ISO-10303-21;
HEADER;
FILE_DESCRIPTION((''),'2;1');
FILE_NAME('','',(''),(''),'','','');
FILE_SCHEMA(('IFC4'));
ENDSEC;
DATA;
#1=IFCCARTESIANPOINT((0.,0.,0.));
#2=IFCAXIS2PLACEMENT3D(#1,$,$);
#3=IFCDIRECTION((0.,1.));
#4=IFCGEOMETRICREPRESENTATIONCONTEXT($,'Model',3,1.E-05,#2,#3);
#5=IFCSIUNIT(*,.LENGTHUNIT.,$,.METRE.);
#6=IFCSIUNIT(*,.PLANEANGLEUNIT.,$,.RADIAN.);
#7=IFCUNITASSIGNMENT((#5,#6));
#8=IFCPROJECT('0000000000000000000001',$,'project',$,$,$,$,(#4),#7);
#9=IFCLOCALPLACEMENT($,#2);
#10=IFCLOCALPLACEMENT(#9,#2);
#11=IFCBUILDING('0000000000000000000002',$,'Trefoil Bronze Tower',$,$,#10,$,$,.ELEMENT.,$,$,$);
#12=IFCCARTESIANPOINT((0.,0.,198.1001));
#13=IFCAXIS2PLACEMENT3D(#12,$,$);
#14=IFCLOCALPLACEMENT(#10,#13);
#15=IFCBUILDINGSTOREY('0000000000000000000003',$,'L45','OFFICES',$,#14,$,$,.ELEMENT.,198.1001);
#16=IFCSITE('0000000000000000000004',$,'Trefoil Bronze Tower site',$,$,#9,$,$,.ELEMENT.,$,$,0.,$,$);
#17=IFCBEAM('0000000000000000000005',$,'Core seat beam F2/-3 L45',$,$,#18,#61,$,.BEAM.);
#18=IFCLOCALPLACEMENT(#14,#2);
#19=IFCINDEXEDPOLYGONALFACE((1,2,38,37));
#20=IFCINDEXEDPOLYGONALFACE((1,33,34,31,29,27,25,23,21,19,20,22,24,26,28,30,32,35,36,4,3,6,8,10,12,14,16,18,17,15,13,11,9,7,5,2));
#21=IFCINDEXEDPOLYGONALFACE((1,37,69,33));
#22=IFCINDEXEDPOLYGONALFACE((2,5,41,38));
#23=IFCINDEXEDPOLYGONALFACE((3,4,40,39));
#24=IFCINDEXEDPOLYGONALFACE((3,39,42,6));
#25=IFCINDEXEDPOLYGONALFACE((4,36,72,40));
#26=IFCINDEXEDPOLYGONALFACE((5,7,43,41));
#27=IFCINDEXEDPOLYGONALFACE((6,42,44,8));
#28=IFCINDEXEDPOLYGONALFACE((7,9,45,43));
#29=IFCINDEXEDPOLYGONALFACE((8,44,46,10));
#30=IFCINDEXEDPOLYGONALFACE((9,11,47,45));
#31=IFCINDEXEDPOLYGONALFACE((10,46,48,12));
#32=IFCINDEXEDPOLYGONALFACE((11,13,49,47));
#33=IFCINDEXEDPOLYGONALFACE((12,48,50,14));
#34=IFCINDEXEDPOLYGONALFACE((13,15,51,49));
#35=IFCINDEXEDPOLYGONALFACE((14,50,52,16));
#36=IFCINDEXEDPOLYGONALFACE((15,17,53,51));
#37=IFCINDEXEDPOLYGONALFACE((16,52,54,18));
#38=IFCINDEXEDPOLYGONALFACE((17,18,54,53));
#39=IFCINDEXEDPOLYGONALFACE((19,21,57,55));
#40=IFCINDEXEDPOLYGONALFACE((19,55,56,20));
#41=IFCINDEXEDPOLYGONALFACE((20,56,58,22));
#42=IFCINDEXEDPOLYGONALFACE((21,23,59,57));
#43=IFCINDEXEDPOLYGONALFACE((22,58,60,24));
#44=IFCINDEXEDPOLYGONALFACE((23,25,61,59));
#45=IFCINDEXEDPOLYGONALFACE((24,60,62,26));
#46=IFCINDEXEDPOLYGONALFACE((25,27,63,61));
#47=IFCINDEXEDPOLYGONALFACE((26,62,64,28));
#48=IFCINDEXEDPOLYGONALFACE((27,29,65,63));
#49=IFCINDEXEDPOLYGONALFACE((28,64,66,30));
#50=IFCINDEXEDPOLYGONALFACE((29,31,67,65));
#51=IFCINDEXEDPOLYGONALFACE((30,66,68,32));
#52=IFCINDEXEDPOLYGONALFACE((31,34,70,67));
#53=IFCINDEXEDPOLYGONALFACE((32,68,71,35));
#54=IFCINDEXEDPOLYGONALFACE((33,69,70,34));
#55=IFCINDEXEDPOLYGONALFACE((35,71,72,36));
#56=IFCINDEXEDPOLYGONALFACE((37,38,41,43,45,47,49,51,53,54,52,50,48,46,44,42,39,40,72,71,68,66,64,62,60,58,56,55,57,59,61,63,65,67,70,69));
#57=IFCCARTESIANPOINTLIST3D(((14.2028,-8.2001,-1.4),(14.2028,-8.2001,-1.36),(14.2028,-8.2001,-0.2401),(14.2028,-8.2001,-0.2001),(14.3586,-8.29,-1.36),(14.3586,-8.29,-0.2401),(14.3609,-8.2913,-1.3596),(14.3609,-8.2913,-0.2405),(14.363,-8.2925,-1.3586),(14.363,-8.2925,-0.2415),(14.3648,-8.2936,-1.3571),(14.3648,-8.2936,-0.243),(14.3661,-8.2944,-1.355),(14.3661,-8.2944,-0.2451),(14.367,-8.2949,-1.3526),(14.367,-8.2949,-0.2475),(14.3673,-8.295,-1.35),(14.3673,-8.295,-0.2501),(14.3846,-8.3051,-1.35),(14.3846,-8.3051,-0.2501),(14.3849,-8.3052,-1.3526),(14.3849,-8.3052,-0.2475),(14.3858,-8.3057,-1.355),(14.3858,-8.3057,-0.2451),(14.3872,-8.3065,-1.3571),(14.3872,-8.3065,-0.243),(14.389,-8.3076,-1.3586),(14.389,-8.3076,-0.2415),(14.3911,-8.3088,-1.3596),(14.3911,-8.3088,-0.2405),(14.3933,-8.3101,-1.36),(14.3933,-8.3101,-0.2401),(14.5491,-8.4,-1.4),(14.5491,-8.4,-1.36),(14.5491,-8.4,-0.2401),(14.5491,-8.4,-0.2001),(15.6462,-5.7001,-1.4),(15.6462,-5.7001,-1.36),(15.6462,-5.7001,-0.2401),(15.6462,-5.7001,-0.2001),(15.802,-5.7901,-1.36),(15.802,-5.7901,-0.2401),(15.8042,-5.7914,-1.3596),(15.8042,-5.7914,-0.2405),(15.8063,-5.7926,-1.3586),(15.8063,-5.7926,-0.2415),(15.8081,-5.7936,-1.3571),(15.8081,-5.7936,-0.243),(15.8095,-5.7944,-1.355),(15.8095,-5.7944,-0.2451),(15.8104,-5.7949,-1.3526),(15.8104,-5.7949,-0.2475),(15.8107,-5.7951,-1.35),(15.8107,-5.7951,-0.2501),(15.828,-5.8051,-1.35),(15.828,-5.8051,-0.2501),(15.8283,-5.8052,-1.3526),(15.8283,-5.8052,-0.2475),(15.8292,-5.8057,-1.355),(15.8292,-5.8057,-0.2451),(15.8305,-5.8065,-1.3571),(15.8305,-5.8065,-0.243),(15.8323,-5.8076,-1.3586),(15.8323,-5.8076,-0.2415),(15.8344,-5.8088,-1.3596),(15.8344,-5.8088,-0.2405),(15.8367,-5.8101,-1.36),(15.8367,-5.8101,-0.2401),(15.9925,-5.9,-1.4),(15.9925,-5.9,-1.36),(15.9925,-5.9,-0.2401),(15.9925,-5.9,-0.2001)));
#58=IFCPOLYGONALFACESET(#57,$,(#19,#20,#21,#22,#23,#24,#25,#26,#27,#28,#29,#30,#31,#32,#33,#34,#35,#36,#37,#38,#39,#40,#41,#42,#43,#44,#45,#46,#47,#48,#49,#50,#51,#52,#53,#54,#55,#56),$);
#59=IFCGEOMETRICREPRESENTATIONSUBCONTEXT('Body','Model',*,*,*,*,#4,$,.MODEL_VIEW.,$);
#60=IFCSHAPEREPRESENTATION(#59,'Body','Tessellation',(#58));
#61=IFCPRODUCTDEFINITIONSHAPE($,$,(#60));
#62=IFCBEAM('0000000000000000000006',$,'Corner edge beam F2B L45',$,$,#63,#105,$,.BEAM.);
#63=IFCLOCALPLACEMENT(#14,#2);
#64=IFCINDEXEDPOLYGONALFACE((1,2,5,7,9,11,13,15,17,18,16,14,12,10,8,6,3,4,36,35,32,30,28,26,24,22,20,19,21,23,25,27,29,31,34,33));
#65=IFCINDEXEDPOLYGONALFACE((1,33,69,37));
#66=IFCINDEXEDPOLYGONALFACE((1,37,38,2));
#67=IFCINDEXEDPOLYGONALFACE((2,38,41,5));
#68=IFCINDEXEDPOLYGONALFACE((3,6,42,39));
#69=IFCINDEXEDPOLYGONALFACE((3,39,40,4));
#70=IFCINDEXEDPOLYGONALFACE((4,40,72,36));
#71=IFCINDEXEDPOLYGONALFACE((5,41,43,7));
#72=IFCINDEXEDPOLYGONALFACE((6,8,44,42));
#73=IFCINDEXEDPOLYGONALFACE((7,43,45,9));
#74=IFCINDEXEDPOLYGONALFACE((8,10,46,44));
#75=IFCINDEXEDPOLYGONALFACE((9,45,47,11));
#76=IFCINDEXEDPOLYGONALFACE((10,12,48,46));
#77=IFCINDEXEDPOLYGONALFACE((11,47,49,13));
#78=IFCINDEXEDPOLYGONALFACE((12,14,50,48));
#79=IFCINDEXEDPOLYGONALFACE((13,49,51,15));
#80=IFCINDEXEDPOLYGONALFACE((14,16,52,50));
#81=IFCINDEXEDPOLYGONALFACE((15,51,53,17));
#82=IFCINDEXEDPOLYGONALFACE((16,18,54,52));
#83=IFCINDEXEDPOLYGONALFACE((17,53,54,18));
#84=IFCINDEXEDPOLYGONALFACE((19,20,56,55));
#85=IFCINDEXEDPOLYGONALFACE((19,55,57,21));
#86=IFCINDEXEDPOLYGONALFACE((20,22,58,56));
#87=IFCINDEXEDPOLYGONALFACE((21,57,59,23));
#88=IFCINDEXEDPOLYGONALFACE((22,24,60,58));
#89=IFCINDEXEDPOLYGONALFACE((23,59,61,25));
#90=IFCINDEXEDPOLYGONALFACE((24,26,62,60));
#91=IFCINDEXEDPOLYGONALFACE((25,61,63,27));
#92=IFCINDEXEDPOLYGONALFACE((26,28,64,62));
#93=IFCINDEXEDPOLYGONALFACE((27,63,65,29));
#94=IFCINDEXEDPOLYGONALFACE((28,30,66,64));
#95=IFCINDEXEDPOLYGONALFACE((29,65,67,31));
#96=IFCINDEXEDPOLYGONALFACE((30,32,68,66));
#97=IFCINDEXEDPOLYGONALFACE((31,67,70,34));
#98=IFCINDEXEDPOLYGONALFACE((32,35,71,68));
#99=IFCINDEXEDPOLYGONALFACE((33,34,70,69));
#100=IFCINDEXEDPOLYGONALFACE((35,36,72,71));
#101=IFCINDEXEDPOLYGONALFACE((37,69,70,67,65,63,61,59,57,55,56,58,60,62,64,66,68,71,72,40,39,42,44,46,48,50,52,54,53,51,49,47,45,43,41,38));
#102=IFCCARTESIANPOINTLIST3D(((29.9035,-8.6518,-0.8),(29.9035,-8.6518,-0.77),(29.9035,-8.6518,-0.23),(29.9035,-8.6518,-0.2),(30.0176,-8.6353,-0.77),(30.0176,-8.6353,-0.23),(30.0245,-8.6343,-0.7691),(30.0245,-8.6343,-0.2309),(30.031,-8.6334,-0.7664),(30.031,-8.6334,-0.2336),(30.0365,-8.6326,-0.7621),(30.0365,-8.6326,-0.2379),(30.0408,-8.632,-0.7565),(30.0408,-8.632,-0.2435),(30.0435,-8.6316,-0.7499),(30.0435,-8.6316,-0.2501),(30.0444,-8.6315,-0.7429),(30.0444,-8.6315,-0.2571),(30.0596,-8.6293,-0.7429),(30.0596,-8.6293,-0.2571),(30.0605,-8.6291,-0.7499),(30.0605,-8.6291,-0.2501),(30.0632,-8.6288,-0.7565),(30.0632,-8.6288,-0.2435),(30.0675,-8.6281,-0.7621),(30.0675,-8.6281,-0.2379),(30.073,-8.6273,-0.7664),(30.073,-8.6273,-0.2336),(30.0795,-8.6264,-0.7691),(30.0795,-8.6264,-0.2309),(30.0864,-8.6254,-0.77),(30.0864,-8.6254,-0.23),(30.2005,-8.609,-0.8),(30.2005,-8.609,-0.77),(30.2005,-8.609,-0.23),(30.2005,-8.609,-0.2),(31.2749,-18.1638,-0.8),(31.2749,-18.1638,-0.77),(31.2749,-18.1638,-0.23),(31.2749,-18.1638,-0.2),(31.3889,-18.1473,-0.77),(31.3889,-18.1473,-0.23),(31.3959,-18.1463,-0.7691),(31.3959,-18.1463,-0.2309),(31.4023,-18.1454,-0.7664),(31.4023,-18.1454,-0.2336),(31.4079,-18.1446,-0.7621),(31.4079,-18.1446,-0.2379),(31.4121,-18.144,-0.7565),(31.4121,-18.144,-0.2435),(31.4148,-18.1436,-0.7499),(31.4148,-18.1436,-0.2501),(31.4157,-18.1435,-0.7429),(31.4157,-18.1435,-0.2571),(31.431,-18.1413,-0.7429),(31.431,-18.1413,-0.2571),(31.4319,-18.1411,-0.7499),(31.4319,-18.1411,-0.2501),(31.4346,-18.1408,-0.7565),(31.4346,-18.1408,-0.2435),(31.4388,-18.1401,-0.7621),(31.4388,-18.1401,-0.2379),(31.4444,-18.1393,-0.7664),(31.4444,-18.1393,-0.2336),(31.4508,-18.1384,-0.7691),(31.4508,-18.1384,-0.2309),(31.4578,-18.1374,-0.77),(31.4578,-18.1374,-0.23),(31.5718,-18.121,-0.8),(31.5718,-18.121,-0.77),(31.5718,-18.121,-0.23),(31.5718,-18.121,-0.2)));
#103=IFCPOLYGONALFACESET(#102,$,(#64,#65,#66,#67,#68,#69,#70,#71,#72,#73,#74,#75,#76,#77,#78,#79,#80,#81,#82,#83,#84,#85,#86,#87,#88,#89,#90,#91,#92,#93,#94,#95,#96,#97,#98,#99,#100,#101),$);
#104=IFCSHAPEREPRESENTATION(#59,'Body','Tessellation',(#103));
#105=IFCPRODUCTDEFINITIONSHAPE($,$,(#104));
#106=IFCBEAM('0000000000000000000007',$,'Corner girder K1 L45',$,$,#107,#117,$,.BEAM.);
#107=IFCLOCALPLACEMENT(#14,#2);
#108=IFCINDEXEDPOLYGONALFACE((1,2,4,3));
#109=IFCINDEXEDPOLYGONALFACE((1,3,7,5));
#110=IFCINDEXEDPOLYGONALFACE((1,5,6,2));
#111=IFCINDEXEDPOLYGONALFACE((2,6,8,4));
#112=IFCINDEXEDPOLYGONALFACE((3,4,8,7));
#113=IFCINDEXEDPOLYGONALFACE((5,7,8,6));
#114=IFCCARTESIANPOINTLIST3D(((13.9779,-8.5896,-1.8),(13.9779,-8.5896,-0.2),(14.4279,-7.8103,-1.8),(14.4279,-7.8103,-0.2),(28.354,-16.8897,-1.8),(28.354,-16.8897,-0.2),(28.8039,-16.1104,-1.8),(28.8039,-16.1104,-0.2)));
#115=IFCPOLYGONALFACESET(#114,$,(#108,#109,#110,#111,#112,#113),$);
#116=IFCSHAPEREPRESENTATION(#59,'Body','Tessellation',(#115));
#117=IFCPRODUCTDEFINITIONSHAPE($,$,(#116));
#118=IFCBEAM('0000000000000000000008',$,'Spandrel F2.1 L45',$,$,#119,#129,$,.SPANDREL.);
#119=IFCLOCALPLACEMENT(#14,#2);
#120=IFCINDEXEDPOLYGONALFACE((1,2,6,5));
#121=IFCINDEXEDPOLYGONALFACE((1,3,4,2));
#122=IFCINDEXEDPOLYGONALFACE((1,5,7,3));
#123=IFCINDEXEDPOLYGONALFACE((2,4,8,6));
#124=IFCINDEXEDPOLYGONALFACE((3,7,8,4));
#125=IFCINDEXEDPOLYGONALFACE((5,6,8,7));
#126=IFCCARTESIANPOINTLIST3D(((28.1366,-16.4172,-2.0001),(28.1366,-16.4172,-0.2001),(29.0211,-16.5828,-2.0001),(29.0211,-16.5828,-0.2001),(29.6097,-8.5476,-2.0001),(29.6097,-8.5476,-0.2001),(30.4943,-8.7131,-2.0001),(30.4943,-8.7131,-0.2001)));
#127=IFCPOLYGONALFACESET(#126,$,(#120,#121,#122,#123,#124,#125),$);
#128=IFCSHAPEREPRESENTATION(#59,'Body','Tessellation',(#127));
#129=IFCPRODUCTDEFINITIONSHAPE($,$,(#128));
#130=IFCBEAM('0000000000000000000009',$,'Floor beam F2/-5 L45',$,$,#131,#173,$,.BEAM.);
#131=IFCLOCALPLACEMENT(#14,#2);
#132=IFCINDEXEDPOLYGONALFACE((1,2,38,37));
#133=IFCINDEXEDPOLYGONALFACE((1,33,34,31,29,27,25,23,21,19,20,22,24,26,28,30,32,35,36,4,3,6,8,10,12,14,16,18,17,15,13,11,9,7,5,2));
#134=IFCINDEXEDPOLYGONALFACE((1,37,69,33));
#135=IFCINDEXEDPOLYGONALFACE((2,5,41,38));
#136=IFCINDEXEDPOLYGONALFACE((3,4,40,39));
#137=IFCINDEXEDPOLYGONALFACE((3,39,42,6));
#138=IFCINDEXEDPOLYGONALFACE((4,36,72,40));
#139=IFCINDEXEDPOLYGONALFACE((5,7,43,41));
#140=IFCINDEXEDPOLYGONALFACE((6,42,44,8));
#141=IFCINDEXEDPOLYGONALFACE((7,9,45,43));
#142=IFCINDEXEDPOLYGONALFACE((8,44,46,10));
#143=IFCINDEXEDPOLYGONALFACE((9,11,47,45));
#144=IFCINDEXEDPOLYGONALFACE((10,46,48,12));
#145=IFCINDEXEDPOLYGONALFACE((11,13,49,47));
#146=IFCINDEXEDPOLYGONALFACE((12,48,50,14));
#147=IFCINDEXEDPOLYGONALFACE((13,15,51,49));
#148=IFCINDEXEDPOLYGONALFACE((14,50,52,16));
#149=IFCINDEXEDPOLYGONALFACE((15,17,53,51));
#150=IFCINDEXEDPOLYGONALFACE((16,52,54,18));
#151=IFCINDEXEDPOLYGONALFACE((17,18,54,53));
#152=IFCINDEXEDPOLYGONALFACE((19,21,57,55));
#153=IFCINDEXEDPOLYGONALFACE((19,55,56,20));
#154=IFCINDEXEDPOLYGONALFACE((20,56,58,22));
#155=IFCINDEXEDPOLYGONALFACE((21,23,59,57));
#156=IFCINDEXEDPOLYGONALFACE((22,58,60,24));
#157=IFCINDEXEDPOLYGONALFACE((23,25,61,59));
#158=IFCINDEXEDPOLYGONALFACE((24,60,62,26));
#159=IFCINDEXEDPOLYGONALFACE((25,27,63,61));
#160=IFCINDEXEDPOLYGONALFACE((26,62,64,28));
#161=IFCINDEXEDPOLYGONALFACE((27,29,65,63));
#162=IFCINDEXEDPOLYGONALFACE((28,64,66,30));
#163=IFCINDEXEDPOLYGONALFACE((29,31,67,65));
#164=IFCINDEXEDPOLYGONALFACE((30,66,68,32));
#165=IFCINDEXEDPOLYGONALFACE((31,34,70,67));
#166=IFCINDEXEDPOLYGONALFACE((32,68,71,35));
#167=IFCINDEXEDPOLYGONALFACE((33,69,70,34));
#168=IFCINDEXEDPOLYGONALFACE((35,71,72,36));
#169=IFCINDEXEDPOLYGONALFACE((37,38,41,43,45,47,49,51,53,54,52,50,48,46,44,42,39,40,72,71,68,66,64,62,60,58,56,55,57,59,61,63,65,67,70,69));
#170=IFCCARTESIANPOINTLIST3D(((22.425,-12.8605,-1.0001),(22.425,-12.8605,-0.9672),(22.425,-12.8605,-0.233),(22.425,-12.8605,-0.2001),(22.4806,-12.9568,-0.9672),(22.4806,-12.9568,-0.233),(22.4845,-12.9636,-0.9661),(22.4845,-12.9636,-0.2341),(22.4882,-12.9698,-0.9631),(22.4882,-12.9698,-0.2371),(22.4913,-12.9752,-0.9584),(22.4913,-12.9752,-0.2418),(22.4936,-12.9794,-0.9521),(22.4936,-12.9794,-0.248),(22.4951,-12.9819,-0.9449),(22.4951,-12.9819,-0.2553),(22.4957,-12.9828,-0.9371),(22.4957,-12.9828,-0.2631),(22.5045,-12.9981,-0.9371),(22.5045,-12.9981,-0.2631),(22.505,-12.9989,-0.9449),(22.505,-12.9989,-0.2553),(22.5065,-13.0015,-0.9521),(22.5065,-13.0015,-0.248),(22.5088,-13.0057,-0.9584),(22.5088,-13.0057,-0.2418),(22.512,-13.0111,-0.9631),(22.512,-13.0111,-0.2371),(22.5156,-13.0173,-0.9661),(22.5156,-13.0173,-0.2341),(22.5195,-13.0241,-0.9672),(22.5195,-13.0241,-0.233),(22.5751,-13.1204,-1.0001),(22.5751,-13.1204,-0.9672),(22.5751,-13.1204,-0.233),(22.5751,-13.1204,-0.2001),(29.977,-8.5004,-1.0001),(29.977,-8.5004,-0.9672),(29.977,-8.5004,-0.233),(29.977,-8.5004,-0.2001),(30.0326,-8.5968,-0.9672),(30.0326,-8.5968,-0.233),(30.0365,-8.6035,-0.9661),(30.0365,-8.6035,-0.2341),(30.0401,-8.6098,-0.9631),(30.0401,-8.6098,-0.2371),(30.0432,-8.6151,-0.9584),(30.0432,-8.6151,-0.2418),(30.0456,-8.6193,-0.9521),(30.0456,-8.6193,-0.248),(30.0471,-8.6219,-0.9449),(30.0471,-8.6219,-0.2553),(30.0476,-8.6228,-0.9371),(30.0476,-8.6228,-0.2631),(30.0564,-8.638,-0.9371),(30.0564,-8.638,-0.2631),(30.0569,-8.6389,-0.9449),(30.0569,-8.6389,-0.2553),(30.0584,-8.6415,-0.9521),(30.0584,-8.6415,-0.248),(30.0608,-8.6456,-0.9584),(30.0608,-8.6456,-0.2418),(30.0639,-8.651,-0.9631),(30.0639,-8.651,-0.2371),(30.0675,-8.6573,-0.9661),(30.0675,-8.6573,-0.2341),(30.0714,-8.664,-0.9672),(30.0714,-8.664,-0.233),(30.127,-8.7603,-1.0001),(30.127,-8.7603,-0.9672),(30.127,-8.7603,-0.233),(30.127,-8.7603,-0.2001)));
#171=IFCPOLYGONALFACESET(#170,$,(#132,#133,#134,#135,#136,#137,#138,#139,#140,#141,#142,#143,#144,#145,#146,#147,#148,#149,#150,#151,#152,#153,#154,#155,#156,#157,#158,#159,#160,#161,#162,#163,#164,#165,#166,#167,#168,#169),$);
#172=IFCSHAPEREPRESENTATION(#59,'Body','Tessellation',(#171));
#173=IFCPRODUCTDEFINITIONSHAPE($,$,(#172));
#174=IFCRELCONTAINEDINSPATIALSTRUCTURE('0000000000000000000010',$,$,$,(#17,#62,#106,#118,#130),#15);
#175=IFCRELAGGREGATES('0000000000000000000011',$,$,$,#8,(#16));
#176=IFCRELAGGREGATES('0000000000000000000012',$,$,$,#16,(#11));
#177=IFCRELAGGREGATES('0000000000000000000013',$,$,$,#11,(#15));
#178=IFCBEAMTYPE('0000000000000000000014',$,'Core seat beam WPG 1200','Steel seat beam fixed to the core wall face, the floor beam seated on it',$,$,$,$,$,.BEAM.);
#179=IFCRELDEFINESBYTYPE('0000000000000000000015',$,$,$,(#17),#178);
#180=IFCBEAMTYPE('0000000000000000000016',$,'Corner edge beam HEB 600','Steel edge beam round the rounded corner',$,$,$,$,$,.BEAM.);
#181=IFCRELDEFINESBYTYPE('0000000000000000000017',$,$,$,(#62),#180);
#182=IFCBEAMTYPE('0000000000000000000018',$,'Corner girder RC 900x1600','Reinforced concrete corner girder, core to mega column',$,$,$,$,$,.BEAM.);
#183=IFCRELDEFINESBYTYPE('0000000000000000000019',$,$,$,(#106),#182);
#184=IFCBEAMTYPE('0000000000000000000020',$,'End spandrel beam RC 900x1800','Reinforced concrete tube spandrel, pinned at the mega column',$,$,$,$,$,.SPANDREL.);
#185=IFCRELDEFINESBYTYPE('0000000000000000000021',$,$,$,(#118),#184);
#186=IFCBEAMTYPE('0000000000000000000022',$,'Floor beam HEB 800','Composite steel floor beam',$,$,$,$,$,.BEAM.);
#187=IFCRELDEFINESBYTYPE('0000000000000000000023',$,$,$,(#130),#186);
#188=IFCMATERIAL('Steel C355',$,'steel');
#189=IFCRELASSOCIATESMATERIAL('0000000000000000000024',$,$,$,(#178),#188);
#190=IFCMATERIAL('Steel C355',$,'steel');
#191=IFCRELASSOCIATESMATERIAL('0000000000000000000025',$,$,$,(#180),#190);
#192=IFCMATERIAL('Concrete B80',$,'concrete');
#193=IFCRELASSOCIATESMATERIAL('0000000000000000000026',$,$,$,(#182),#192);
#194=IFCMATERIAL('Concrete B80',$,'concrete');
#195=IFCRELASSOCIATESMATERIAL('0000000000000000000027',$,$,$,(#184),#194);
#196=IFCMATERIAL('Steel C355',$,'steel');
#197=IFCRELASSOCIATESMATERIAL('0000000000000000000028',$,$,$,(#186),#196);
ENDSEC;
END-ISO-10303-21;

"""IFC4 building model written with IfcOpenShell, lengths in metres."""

from ifc_helpers import new_model, si_unit, direction, frame, origin, origin_2d, place, context, subcontext, project, spatial, rectangle, i_section, extrude, material, material_profile, profile_set, type_object, element, save


model = new_model("IFC4")

# Units and contexts
model_context = context("Model", 3, precision=1e-05, world=origin(), true_north=direction((0.0, 1.0)))
body_context = subcontext(model_context, "Body", "Model", "MODEL_VIEW")
ifc_project = project(units=[si_unit("LENGTHUNIT", "METRE"), si_unit("PLANEANGLEUNIT", "RADIAN")], contexts=[model_context])

# Site, building, storey
site_placement = place(None, origin())
site = spatial("IfcSite", under=ifc_project, at=site_placement, Name="Trefoil Bronze Tower site", CompositionType="ELEMENT", RefElevation=0.0)
building_placement = place(site_placement, origin())
building = spatial("IfcBuilding", under=site, at=building_placement, Name="Trefoil Bronze Tower", CompositionType="ELEMENT")
storey_placement = place(building_placement, frame((0.0, 0.0, 198.1001)))
storey = spatial("IfcBuildingStorey", under=building, at=storey_placement, Name="L45", Description="OFFICES", CompositionType="ELEMENT", Elevation=198.1001)

# Beams
ifc_material_1 = material(Name="Steel C355", Category="steel")
ifc_material_profile_1 = material_profile(ifc_material_1, i_section(OverallWidth=0.3999, OverallDepth=1.2, WebThickness=0.02, FlangeThickness=0.04, FilletRadius=0.01, at=origin_2d()), Name="WPG 1200")
ifc_profile_set_1 = profile_set([ifc_material_profile_1], Name="Steel C355")
beam_type_1 = type_object("IfcBeamType", Name="Core seat beam WPG 1200", Description="Steel seat beam fixed to the core wall face, the floor beam seated on it", PredefinedType="BEAM", material=ifc_profile_set_1)
beam_1_placement = place(storey_placement, frame((14.376, -8.3, -0.8), z_axis=(0.499996, 0.866028, 0.0), x_axis=(-0.866028, 0.499996, 0.0)))
element("IfcBeam", 1, at=beam_1_placement, inside=storey, type_object=beam_type_1, Name="Core seat beam F2/-3 L45", PredefinedType="BEAM", context=body_context, shape_type="SweptSolid", body=[
    extrude(i_section(OverallWidth=0.3999, OverallDepth=1.2, WebThickness=0.02, FlangeThickness=0.04, FilletRadius=0.01, at=origin_2d()), origin(), (0.0, 0.0, 1.0), 2.8867),
])
ifc_material_2 = material(Name="Steel C355", Category="steel")
ifc_material_profile_2 = material_profile(ifc_material_2, i_section(OverallWidth=0.3, OverallDepth=0.6001, WebThickness=0.0154, FlangeThickness=0.03, FilletRadius=0.0271, at=origin_2d()), Name="HEB 600")
ifc_profile_set_2 = profile_set([ifc_material_profile_2], Name="Steel C355")
beam_type_2 = type_object("IfcBeamType", Name="Corner edge beam HEB 600", Description="Steel edge beam round the rounded corner", PredefinedType="BEAM", material=ifc_profile_set_2)
beam_2_placement = place(storey_placement, frame((30.052, -8.6304, -0.5), z_axis=(0.142694, -0.989767, 0.0), x_axis=(0.989767, 0.142694, 0.0)))
element("IfcBeam", 2, at=beam_2_placement, inside=storey, type_object=beam_type_2, Name="Corner edge beam F2B L45", PredefinedType="BEAM", context=body_context, shape_type="SweptSolid", body=[
    extrude(i_section(OverallWidth=0.3, OverallDepth=0.6001, WebThickness=0.0154, FlangeThickness=0.03, FilletRadius=0.0271, at=origin_2d()), origin(), (0.0, 0.0, 1.0), 9.6104),
])
ifc_material_3 = material(Name="Concrete B80", Category="concrete")
ifc_material_profile_3 = material_profile(ifc_material_3, rectangle(XDim=0.8999, YDim=1.6001, at=origin_2d()), Name="RC 900x1600")
ifc_profile_set_3 = profile_set([ifc_material_profile_3], Name="Concrete B80")
beam_type_3 = type_object("IfcBeamType", Name="Corner girder RC 900x1600", Description="Reinforced concrete corner girder, core to mega column", PredefinedType="BEAM", material=ifc_profile_set_3)
beam_3_placement = place(storey_placement, frame((14.2029, -8.2, -1.0), z_axis=(0.866023, -0.500003, 0.0), x_axis=(0.500003, 0.866023, 0.0)))
element("IfcBeam", 3, at=beam_3_placement, inside=storey, type_object=beam_type_3, Name="Corner girder K1 L45", PredefinedType="BEAM", context=body_context, shape_type="SweptSolid", body=[
    extrude(rectangle(XDim=0.8999, YDim=1.6001, at=origin_2d()), origin(), (0.0, 0.0, 1.0), 16.6001),
])
ifc_material_4 = material(Name="Concrete B80", Category="concrete")
ifc_material_profile_4 = material_profile(ifc_material_4, rectangle(XDim=0.8999, YDim=1.8, at=origin_2d()), Name="RC 900x1800")
ifc_profile_set_4 = profile_set([ifc_material_profile_4], Name="Concrete B80")
beam_type_4 = type_object("IfcBeamType", Name="End spandrel beam RC 900x1800", Description="Reinforced concrete tube spandrel, pinned at the mega column", PredefinedType="SPANDREL", material=ifc_profile_set_4)
beam_4_placement = place(storey_placement, frame((28.5789, -16.5, -1.1001), z_axis=(0.183998, 0.982927, 0.0), x_axis=(-0.982927, 0.183998, 0.0)))
element("IfcBeam", 4, at=beam_4_placement, inside=storey, type_object=beam_type_4, Name="Spandrel F2.1 L45", PredefinedType="SPANDREL", context=body_context, shape_type="SweptSolid", body=[
    extrude(rectangle(XDim=0.8999, YDim=1.8, at=origin_2d()), origin(), (0.0, 0.0, 1.0), 8.0063),
])
ifc_material_5 = material(Name="Steel C355", Category="steel")
ifc_material_profile_5 = material_profile(ifc_material_5, i_section(OverallWidth=0.3, OverallDepth=0.8, WebThickness=0.0176, FlangeThickness=0.033, FilletRadius=0.03, at=origin_2d()), Name="HEB 800")
ifc_profile_set_5 = profile_set([ifc_material_profile_5], Name="Steel C355")
beam_type_5 = type_object("IfcBeamType", Name="Floor beam HEB 800", Description="Composite steel floor beam", PredefinedType="BEAM", material=ifc_profile_set_5)
beam_5_placement = place(storey_placement, frame((30.052, -8.6304, -0.6001), z_axis=(-0.866028, -0.499996, 0.0), x_axis=(0.499996, -0.866028, 0.0)))
element("IfcBeam", 5, at=beam_5_placement, inside=storey, type_object=beam_type_5, Name="Floor beam F2/-5 L45", PredefinedType="BEAM", context=body_context, shape_type="SweptSolid", body=[
    extrude(i_section(OverallWidth=0.3, OverallDepth=0.8, WebThickness=0.0176, FlangeThickness=0.033, FilletRadius=0.03, at=origin_2d()), origin(), (0.0, 0.0, 1.0), 8.7202),
])

save(model, "model.ifc")
